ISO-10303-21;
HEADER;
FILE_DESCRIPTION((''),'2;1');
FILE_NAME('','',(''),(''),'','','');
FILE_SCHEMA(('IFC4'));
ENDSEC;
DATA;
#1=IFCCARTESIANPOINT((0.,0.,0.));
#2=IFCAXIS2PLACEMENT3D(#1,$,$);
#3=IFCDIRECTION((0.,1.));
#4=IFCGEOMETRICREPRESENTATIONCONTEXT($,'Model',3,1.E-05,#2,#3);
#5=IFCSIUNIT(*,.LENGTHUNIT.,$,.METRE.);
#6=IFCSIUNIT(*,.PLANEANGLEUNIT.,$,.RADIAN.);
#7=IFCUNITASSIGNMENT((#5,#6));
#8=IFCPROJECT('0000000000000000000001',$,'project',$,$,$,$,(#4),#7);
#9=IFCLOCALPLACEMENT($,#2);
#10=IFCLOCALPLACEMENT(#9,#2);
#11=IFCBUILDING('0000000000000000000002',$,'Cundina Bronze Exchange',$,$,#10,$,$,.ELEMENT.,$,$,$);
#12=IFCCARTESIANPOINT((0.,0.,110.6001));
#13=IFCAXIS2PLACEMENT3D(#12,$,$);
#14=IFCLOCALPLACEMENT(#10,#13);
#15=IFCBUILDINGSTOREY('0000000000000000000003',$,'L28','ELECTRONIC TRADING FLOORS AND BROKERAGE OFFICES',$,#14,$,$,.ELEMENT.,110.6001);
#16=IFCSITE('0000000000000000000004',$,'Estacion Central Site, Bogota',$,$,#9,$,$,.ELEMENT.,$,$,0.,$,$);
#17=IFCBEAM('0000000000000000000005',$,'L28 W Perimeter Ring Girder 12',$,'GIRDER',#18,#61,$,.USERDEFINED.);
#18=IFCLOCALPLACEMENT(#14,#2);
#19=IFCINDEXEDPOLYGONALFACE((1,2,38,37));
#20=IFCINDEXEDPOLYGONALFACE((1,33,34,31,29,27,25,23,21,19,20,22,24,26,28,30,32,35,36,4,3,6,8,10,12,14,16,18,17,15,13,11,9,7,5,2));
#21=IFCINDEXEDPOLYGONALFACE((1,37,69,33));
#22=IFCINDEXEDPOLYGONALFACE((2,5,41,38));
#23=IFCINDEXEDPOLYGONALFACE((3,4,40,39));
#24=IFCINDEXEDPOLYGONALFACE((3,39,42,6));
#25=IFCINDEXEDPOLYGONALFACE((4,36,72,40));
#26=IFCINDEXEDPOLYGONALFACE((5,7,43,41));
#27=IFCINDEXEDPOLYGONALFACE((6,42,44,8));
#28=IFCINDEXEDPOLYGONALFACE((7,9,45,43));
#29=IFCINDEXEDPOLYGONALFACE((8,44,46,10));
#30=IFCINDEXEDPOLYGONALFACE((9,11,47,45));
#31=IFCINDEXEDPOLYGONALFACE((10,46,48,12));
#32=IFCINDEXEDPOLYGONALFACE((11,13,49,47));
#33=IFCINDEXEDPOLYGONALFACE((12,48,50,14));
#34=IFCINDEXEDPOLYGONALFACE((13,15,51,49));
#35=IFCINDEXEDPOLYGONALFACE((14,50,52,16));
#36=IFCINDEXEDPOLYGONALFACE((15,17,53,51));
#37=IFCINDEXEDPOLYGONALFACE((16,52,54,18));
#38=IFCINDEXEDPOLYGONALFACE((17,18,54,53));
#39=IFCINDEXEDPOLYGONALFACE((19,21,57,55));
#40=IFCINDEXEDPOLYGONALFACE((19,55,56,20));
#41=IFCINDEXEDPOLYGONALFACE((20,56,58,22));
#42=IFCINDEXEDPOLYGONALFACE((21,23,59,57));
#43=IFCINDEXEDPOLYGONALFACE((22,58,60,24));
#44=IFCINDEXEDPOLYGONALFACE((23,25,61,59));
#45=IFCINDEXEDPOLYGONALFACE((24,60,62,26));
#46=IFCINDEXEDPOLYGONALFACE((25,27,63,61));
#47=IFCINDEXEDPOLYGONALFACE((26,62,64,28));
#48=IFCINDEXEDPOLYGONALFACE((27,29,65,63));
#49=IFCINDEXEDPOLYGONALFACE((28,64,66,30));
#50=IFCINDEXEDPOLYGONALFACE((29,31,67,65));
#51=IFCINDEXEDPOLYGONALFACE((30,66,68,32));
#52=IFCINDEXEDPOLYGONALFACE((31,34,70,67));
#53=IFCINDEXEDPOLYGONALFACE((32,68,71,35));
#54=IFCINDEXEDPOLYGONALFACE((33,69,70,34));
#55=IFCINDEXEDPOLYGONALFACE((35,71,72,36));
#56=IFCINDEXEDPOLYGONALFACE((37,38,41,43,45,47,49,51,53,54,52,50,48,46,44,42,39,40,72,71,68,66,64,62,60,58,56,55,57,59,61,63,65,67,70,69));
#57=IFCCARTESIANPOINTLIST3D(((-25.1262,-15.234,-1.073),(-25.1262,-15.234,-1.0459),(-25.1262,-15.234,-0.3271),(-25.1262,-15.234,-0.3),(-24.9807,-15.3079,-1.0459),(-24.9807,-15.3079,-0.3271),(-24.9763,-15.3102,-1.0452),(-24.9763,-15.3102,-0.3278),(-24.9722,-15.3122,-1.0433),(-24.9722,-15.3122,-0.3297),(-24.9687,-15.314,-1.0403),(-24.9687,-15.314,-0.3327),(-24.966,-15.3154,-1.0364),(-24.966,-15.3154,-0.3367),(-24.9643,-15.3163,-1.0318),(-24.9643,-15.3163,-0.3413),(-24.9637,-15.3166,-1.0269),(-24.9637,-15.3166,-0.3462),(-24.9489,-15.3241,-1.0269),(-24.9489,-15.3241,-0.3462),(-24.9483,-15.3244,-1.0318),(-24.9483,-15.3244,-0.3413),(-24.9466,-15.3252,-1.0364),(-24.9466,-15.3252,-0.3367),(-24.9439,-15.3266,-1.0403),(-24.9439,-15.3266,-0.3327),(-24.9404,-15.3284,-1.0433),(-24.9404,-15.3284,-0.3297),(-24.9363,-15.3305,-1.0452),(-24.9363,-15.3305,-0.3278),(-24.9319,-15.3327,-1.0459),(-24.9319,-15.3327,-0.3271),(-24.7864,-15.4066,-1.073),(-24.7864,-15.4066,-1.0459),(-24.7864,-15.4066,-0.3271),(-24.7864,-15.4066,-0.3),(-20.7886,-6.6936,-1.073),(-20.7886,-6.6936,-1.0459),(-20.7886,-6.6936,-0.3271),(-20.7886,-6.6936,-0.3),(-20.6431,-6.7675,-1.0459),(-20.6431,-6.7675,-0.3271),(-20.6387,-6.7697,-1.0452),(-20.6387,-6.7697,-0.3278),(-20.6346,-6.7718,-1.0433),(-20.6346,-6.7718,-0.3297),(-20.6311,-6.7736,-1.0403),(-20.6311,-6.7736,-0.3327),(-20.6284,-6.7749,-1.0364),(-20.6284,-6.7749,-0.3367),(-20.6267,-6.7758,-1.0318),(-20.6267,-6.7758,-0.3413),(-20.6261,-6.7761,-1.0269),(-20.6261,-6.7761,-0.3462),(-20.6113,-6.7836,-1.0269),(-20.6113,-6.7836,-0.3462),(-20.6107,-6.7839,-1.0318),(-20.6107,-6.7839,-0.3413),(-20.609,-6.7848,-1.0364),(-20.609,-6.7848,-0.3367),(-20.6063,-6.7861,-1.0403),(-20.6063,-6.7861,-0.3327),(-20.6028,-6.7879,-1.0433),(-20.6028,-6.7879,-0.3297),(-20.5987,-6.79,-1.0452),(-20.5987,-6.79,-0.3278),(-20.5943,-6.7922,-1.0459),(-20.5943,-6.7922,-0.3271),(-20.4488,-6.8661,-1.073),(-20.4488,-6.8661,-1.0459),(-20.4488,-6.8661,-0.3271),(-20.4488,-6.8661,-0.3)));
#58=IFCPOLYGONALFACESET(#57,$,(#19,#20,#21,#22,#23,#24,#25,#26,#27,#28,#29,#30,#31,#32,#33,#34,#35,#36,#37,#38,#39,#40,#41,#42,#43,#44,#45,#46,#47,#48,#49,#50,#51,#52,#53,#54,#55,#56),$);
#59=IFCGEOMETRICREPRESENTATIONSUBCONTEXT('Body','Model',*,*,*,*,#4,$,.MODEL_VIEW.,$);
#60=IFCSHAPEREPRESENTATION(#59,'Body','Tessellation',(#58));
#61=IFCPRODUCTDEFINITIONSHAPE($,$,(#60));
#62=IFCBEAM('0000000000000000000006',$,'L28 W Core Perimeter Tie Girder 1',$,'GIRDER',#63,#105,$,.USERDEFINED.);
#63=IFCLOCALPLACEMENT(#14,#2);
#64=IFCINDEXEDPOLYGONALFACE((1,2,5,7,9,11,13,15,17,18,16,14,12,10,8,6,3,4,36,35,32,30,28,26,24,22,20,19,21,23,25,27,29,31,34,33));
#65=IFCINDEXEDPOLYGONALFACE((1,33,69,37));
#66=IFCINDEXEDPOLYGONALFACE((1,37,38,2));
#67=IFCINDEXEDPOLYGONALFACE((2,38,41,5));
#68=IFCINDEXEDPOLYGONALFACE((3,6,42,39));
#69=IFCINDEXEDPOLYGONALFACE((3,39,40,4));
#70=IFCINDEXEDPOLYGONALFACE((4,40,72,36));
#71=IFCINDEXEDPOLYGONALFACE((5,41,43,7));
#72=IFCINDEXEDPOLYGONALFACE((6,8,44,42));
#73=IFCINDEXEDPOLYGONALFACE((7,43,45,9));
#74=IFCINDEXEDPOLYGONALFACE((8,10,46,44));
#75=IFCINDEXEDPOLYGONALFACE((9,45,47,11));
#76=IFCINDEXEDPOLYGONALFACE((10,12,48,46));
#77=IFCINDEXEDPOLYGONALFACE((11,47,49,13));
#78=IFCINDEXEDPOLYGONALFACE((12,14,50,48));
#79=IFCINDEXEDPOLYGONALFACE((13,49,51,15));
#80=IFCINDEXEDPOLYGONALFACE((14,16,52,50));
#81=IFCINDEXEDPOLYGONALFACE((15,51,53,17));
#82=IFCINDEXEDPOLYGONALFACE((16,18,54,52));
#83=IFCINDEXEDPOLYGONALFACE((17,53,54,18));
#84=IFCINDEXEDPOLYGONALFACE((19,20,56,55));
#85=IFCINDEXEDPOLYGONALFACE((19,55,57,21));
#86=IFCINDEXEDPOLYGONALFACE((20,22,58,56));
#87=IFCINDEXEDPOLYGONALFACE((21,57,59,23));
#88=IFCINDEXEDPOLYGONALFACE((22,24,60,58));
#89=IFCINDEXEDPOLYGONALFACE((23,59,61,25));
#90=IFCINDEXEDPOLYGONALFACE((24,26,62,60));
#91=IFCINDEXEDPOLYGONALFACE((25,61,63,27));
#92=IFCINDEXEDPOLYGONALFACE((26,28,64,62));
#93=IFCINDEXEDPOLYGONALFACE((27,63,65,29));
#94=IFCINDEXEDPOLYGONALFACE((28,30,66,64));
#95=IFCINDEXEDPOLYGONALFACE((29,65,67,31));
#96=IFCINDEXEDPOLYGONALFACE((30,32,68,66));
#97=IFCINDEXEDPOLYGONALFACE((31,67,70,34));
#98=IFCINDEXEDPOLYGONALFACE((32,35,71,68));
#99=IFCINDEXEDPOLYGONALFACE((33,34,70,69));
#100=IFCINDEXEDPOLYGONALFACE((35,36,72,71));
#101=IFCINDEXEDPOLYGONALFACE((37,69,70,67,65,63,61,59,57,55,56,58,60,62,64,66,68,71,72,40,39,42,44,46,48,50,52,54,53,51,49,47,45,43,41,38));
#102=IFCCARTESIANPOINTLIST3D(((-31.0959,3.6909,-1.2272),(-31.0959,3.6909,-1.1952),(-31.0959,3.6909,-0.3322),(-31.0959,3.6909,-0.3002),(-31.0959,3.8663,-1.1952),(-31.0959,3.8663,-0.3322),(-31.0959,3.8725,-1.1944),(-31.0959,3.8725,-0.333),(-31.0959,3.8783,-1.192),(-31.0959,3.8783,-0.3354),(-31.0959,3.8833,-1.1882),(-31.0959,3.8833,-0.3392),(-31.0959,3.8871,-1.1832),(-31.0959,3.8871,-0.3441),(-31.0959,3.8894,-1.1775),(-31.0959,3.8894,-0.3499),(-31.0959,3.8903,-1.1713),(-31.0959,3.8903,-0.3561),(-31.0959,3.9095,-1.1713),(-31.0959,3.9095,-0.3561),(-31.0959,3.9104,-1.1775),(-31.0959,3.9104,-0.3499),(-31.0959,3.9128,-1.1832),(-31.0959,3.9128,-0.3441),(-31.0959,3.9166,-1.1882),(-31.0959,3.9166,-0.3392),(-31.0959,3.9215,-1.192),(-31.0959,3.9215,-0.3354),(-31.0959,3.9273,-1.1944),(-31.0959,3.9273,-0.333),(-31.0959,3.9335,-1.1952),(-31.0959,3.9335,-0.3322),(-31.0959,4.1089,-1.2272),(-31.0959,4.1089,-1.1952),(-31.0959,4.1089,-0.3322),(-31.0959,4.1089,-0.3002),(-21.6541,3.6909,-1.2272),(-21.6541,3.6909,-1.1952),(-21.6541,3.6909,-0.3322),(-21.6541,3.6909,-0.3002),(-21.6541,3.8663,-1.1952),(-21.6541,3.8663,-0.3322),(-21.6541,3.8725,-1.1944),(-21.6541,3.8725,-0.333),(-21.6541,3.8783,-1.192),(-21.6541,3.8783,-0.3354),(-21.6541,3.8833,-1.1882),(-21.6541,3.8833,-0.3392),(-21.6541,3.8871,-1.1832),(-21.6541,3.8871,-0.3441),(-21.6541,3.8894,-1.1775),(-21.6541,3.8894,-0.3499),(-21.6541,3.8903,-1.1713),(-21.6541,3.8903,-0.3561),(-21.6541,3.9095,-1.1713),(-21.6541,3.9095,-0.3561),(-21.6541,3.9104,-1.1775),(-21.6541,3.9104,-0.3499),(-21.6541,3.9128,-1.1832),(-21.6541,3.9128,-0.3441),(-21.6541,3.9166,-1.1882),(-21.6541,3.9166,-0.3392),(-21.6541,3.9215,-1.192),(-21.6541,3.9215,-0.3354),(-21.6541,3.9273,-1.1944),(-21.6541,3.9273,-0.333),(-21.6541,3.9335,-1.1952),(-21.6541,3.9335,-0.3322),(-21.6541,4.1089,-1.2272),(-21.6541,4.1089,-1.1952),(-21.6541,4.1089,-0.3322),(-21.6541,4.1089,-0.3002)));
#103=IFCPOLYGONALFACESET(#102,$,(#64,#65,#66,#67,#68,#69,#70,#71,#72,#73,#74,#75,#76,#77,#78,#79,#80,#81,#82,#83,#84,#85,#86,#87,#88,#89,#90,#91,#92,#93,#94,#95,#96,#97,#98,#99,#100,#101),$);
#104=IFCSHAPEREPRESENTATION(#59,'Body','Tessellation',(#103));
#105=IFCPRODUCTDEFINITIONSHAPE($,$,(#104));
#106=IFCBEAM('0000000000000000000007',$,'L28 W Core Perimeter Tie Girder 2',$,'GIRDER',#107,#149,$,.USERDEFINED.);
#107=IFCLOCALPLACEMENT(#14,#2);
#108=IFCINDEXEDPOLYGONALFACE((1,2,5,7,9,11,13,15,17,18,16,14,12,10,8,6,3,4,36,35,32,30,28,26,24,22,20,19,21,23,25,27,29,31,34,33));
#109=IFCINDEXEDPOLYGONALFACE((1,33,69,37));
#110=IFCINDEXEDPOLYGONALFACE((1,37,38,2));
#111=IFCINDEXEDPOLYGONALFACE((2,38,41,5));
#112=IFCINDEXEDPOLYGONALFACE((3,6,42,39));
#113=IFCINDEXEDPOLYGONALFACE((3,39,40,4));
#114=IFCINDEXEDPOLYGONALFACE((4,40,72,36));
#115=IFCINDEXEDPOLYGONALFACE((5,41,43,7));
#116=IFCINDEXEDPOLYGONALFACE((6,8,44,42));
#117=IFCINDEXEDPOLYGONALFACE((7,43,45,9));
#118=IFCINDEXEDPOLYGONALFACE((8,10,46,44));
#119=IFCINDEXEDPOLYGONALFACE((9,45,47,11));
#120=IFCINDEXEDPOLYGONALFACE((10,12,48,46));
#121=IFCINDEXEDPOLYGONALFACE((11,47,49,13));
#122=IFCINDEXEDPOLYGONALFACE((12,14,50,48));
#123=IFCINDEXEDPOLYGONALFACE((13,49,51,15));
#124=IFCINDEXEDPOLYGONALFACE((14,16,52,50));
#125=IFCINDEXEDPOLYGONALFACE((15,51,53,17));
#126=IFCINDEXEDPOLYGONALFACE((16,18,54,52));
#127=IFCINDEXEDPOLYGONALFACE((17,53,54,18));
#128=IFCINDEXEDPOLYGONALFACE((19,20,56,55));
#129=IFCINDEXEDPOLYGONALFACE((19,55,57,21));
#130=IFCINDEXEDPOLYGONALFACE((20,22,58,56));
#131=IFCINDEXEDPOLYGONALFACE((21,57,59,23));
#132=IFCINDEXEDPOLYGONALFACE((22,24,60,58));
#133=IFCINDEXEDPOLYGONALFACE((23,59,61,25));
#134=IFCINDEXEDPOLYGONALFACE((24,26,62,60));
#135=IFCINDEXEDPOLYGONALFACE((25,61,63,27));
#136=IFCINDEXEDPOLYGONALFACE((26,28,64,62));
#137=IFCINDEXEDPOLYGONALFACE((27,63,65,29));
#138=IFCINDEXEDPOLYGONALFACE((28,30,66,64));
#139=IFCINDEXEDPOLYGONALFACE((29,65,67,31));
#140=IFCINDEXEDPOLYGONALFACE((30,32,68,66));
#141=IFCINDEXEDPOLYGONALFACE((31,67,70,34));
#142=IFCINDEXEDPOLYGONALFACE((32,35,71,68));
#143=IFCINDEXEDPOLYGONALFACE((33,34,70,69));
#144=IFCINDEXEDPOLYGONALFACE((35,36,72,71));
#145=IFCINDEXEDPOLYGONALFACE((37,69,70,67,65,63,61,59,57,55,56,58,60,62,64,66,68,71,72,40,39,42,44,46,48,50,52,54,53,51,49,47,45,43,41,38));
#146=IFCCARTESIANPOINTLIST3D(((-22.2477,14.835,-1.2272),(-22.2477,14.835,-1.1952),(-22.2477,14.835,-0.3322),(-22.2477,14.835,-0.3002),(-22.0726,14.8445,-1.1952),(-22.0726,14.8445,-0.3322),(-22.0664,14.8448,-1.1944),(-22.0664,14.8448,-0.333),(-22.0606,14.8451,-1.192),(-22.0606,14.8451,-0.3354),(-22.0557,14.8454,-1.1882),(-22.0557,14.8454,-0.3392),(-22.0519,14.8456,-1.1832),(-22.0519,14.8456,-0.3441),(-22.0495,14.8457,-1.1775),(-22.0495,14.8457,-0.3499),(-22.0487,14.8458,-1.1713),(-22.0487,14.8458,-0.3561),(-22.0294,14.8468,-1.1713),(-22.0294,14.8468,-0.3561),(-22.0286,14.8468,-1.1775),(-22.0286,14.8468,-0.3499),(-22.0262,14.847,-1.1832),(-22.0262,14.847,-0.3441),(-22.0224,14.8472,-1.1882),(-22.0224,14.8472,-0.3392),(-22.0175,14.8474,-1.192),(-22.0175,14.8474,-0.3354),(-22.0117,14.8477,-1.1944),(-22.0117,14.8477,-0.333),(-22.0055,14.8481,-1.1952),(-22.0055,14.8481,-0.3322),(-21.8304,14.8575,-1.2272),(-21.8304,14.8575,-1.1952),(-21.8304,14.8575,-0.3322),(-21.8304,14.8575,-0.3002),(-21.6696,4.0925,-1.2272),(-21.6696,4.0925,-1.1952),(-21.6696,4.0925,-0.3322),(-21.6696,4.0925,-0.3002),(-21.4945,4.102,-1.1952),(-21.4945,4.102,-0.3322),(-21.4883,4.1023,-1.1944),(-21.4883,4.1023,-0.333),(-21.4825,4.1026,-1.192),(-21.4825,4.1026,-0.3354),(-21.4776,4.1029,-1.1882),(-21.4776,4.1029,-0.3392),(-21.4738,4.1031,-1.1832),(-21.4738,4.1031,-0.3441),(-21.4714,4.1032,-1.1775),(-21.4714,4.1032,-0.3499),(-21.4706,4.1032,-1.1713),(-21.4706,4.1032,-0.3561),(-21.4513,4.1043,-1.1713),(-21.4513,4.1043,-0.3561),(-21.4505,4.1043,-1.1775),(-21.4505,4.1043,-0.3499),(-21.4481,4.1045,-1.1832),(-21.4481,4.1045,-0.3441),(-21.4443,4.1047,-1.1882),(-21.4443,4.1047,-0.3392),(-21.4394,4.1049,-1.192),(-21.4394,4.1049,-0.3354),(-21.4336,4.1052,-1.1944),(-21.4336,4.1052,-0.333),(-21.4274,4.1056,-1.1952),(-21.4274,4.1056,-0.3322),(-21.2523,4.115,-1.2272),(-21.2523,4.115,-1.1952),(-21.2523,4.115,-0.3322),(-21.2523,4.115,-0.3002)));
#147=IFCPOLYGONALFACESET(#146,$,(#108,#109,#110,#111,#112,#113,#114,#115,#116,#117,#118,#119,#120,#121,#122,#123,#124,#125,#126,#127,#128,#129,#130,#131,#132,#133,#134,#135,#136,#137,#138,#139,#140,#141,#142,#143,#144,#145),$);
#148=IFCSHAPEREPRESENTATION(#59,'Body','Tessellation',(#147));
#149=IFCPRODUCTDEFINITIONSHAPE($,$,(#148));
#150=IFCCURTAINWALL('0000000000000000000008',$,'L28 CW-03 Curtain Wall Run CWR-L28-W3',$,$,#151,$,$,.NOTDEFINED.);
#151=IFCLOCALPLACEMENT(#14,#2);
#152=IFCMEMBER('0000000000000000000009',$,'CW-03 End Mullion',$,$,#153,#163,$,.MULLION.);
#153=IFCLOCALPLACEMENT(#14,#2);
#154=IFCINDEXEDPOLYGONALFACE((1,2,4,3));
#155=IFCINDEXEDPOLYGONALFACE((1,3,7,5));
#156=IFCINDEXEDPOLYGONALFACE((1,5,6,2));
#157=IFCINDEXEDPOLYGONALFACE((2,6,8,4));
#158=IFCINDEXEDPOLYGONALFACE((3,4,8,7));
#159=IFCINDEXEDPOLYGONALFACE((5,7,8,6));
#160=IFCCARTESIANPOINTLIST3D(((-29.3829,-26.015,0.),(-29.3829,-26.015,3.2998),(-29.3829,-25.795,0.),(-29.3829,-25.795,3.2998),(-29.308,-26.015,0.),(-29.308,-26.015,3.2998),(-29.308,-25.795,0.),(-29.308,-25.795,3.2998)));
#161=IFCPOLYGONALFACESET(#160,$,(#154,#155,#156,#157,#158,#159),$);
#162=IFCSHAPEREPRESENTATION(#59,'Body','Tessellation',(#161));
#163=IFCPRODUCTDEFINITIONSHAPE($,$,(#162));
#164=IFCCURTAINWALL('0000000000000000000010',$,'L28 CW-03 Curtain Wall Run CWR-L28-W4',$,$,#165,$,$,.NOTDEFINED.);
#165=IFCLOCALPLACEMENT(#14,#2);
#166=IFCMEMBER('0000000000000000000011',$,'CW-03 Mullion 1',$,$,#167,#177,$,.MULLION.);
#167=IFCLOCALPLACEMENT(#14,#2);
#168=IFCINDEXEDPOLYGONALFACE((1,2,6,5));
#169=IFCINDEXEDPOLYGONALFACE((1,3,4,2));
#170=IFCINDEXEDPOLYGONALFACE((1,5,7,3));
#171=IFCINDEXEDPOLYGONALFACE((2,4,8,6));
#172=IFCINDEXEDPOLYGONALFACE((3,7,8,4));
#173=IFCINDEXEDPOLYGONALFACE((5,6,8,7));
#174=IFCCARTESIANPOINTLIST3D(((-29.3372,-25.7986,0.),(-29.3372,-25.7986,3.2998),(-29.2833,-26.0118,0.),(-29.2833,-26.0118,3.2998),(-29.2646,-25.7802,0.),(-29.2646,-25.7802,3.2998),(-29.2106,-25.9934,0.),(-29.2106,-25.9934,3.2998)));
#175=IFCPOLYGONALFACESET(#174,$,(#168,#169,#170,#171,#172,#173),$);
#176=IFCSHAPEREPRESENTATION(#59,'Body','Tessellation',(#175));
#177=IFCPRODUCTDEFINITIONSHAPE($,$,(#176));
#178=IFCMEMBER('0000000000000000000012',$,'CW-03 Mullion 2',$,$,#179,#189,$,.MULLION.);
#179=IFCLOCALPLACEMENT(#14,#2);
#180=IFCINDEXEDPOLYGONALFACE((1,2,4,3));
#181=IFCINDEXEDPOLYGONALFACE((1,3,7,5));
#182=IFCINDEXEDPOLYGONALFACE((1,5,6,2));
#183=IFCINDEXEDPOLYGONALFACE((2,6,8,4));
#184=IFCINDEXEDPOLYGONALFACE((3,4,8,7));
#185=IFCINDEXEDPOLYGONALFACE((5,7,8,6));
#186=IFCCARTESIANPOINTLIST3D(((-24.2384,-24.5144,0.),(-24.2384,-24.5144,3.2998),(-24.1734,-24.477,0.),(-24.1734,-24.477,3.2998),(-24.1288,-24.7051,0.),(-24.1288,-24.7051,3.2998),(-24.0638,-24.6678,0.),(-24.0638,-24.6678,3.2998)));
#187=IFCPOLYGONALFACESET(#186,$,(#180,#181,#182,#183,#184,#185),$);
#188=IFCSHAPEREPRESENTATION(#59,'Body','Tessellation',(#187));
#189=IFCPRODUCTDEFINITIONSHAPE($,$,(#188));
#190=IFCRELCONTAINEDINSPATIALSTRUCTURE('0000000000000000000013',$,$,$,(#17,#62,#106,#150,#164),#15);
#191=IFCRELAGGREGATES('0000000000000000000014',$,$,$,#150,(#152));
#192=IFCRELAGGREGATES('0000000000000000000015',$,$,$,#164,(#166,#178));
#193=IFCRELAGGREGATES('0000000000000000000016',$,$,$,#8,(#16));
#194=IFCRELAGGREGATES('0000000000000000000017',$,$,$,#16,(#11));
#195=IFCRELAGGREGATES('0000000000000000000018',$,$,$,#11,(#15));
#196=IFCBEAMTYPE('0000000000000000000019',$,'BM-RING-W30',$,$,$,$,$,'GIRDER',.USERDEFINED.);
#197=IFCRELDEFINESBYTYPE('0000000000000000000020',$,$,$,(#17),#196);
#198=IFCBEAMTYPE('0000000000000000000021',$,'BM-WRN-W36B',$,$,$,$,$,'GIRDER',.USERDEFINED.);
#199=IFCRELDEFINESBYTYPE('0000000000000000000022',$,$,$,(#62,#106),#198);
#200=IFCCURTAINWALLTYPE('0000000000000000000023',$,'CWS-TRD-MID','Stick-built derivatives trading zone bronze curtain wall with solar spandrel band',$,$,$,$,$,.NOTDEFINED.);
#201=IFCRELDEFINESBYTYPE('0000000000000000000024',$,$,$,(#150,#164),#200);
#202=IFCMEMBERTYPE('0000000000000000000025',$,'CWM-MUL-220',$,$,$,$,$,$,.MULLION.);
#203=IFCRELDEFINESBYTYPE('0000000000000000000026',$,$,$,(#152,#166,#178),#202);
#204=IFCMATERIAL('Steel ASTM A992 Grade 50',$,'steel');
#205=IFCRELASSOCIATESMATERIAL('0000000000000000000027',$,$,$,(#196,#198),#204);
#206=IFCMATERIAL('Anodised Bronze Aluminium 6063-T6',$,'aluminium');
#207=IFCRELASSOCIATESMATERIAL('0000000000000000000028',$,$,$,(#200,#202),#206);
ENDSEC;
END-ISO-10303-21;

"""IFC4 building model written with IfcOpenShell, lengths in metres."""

from ifc_helpers import new_model, si_unit, direction, frame, origin, origin_2d, place, context, subcontext, project, spatial, rectangle, i_section, extrude, material, material_profile, profile_set, type_object, element, aggregate, save


model = new_model("IFC4")

# Units and contexts
model_context = context("Model", 3, precision=1e-05, world=origin(), true_north=direction((0.0, 1.0)))
body_context = subcontext(model_context, "Body", "Model", "MODEL_VIEW")
ifc_project = project(units=[si_unit("LENGTHUNIT", "METRE"), si_unit("PLANEANGLEUNIT", "RADIAN")], contexts=[model_context])

# Site, building, storey
site_placement = place(None, origin())
site = spatial("IfcSite", under=ifc_project, at=site_placement, Name="Estacion Central Site, Bogota", CompositionType="ELEMENT", RefElevation=0.0)
building_placement = place(site_placement, origin())
building = spatial("IfcBuilding", under=site, at=building_placement, Name="Cundina Bronze Exchange", CompositionType="ELEMENT")
storey_placement = place(building_placement, frame((0.0, 0.0, 110.6001)))
storey = spatial("IfcBuildingStorey", under=building, at=storey_placement, Name="L28", Description="ELECTRONIC TRADING FLOORS AND BROKERAGE OFFICES", CompositionType="ELEMENT", Elevation=110.6001)

# Shared definitions
ifc_material_1 = material(Name="Steel ASTM A992 Grade 50", Category="steel")

# Beams
ifc_material_profile_1 = material_profile(ifc_material_1, i_section(OverallWidth=0.3811, OverallDepth=0.7729, WebThickness=0.0166, FlangeThickness=0.0271, FilletRadius=0.019, at=origin_2d()), Name="W30X173", Category="steel")
ifc_profile_set_1 = profile_set([ifc_material_profile_1], Name="Steel ASTM A992 Grade 50")
beam_type_1 = type_object("IfcBeamType", Name="BM-RING-W30", ElementType="GIRDER", PredefinedType="USERDEFINED", material=ifc_profile_set_1)
beam_1_placement = place(storey_placement, frame((-24.9563, -15.3203, -0.6865), z_axis=(0.452832, 0.891596, 0.0), x_axis=(-0.891596, 0.452832, 0.0)))
element("IfcBeam", 1, at=beam_1_placement, inside=storey, type_object=beam_type_1, Name="L28 W Perimeter Ring Girder 12", ObjectType="GIRDER", PredefinedType="USERDEFINED", context=body_context, shape_type="SweptSolid", body=[
    extrude(i_section(OverallWidth=0.3811, OverallDepth=0.7729, WebThickness=0.0166, FlangeThickness=0.0271, FilletRadius=0.019, at=origin_2d()), origin(), (0.0, 0.0, 1.0), 9.5789),
])
ifc_material_profile_2 = material_profile(ifc_material_1, i_section(OverallWidth=0.418, OverallDepth=0.927, WebThickness=0.0193, FlangeThickness=0.032, FilletRadius=0.0239, at=origin_2d()), Name="W36X231", Category="steel")
ifc_profile_set_2 = profile_set([ifc_material_profile_2], Name="Steel ASTM A992 Grade 50")
beam_type_2 = type_object("IfcBeamType", Name="BM-WRN-W36B", ElementType="GIRDER", PredefinedType="USERDEFINED", material=ifc_profile_set_2)
beam_2_placement = place(storey_placement, frame((-31.0959, 3.8999, -0.7637), z_axis=(1.0, 0.0, 0.0), x_axis=(0.0, 1.0, 0.0)))
element("IfcBeam", 2, at=beam_2_placement, inside=storey, type_object=beam_type_2, Name="L28 W Core Perimeter Tie Girder 1", ObjectType="GIRDER", PredefinedType="USERDEFINED", context=body_context, shape_type="SweptSolid", body=[
    extrude(i_section(OverallWidth=0.418, OverallDepth=0.927, WebThickness=0.0193, FlangeThickness=0.032, FilletRadius=0.0239, at=origin_2d()), origin(), (0.0, 0.0, 1.0), 9.4419),
])
beam_3_placement = place(storey_placement, frame((-21.4609, 4.1038, -0.7637), z_axis=(-0.053739, 0.998555, 0.0), x_axis=(-0.998555, -0.053739, 0.0)))
element("IfcBeam", 3, at=beam_3_placement, inside=storey, type_object=beam_type_2, Name="L28 W Core Perimeter Tie Girder 2", ObjectType="GIRDER", PredefinedType="USERDEFINED", context=body_context, shape_type="SweptSolid", body=[
    extrude(i_section(OverallWidth=0.418, OverallDepth=0.927, WebThickness=0.0193, FlangeThickness=0.032, FilletRadius=0.0239, at=origin_2d()), origin(), (0.0, 0.0, 1.0), 10.7581),
])

# Curtain wall, member
ifc_material_2 = material(Name="Anodised Bronze Aluminium 6063-T6", Category="aluminium")
curtain_wall_type = type_object("IfcCurtainWallType", Name="CWS-TRD-MID", Description="Stick-built derivatives trading zone bronze curtain wall with solar spandrel band", PredefinedType="NOTDEFINED", material=ifc_material_2)
curtain_wall_1_placement = place(storey_placement, origin())
curtain_wall_1 = element("IfcCurtainWall", 4, at=curtain_wall_1_placement, inside=storey, type_object=curtain_wall_type, Name="L28 CW-03 Curtain Wall Run CWR-L28-W3", PredefinedType="NOTDEFINED")
ifc_material_profile_3 = material_profile(ifc_material_2, rectangle(XDim=0.075, YDim=0.22, at=origin_2d()), Name="AL75X220", Category="aluminium")
ifc_profile_set_3 = profile_set([ifc_material_profile_3], Name="Anodised Bronze Aluminium 6063-T6")
member_type_1 = type_object("IfcMemberType", Name="CWM-MUL-220", PredefinedType="MULLION", material=ifc_profile_set_3)
member_1_placement = place(storey_placement, frame((-29.3455, -25.905, 0.0), z_axis=(0.0, 0.0, 1.0), x_axis=(1.0, 0.0, 0.0)))
member_1 = element("IfcMember", 5, at=member_1_placement, type_object=member_type_1, Name="CW-03 End Mullion", PredefinedType="MULLION", context=body_context, shape_type="SweptSolid", body=[
    extrude(rectangle(XDim=0.075, YDim=0.22, at=origin_2d()), origin(), (0.0, 0.0, 1.0), 3.2998),
])
aggregate(curtain_wall_1, [member_1])

# Curtain wall, members
curtain_wall_2_placement = place(storey_placement, origin())
curtain_wall_2 = element("IfcCurtainWall", 6, at=curtain_wall_2_placement, inside=storey, type_object=curtain_wall_type, Name="L28 CW-03 Curtain Wall Run CWR-L28-W4", PredefinedType="NOTDEFINED")
member_2_placement = place(storey_placement, frame((-29.2739, -25.896, 0.0), z_axis=(0.0, 0.0, 1.0), x_axis=(0.969488, 0.245138, 0.0)))
member_2 = element("IfcMember", 7, at=member_2_placement, type_object=member_type_1, Name="CW-03 Mullion 1", PredefinedType="MULLION", context=body_context, shape_type="SweptSolid", body=[
    extrude(rectangle(XDim=0.075, YDim=0.22, at=origin_2d()), origin(), (0.0, 0.0, 1.0), 3.2998),
])
member_3_placement = place(storey_placement, frame((-24.1511, -24.5911, 0.0), z_axis=(0.0, 0.0, 1.0), x_axis=(0.867071, 0.498185, 0.0)))
member_3 = element("IfcMember", 8, at=member_3_placement, type_object=member_type_1, Name="CW-03 Mullion 2", PredefinedType="MULLION", context=body_context, shape_type="SweptSolid", body=[
    extrude(rectangle(XDim=0.075, YDim=0.22, at=origin_2d()), origin(), (0.0, 0.0, 1.0), 3.2998),
])
aggregate(curtain_wall_2, [member_2, member_3])

save(model, "model.ifc")
